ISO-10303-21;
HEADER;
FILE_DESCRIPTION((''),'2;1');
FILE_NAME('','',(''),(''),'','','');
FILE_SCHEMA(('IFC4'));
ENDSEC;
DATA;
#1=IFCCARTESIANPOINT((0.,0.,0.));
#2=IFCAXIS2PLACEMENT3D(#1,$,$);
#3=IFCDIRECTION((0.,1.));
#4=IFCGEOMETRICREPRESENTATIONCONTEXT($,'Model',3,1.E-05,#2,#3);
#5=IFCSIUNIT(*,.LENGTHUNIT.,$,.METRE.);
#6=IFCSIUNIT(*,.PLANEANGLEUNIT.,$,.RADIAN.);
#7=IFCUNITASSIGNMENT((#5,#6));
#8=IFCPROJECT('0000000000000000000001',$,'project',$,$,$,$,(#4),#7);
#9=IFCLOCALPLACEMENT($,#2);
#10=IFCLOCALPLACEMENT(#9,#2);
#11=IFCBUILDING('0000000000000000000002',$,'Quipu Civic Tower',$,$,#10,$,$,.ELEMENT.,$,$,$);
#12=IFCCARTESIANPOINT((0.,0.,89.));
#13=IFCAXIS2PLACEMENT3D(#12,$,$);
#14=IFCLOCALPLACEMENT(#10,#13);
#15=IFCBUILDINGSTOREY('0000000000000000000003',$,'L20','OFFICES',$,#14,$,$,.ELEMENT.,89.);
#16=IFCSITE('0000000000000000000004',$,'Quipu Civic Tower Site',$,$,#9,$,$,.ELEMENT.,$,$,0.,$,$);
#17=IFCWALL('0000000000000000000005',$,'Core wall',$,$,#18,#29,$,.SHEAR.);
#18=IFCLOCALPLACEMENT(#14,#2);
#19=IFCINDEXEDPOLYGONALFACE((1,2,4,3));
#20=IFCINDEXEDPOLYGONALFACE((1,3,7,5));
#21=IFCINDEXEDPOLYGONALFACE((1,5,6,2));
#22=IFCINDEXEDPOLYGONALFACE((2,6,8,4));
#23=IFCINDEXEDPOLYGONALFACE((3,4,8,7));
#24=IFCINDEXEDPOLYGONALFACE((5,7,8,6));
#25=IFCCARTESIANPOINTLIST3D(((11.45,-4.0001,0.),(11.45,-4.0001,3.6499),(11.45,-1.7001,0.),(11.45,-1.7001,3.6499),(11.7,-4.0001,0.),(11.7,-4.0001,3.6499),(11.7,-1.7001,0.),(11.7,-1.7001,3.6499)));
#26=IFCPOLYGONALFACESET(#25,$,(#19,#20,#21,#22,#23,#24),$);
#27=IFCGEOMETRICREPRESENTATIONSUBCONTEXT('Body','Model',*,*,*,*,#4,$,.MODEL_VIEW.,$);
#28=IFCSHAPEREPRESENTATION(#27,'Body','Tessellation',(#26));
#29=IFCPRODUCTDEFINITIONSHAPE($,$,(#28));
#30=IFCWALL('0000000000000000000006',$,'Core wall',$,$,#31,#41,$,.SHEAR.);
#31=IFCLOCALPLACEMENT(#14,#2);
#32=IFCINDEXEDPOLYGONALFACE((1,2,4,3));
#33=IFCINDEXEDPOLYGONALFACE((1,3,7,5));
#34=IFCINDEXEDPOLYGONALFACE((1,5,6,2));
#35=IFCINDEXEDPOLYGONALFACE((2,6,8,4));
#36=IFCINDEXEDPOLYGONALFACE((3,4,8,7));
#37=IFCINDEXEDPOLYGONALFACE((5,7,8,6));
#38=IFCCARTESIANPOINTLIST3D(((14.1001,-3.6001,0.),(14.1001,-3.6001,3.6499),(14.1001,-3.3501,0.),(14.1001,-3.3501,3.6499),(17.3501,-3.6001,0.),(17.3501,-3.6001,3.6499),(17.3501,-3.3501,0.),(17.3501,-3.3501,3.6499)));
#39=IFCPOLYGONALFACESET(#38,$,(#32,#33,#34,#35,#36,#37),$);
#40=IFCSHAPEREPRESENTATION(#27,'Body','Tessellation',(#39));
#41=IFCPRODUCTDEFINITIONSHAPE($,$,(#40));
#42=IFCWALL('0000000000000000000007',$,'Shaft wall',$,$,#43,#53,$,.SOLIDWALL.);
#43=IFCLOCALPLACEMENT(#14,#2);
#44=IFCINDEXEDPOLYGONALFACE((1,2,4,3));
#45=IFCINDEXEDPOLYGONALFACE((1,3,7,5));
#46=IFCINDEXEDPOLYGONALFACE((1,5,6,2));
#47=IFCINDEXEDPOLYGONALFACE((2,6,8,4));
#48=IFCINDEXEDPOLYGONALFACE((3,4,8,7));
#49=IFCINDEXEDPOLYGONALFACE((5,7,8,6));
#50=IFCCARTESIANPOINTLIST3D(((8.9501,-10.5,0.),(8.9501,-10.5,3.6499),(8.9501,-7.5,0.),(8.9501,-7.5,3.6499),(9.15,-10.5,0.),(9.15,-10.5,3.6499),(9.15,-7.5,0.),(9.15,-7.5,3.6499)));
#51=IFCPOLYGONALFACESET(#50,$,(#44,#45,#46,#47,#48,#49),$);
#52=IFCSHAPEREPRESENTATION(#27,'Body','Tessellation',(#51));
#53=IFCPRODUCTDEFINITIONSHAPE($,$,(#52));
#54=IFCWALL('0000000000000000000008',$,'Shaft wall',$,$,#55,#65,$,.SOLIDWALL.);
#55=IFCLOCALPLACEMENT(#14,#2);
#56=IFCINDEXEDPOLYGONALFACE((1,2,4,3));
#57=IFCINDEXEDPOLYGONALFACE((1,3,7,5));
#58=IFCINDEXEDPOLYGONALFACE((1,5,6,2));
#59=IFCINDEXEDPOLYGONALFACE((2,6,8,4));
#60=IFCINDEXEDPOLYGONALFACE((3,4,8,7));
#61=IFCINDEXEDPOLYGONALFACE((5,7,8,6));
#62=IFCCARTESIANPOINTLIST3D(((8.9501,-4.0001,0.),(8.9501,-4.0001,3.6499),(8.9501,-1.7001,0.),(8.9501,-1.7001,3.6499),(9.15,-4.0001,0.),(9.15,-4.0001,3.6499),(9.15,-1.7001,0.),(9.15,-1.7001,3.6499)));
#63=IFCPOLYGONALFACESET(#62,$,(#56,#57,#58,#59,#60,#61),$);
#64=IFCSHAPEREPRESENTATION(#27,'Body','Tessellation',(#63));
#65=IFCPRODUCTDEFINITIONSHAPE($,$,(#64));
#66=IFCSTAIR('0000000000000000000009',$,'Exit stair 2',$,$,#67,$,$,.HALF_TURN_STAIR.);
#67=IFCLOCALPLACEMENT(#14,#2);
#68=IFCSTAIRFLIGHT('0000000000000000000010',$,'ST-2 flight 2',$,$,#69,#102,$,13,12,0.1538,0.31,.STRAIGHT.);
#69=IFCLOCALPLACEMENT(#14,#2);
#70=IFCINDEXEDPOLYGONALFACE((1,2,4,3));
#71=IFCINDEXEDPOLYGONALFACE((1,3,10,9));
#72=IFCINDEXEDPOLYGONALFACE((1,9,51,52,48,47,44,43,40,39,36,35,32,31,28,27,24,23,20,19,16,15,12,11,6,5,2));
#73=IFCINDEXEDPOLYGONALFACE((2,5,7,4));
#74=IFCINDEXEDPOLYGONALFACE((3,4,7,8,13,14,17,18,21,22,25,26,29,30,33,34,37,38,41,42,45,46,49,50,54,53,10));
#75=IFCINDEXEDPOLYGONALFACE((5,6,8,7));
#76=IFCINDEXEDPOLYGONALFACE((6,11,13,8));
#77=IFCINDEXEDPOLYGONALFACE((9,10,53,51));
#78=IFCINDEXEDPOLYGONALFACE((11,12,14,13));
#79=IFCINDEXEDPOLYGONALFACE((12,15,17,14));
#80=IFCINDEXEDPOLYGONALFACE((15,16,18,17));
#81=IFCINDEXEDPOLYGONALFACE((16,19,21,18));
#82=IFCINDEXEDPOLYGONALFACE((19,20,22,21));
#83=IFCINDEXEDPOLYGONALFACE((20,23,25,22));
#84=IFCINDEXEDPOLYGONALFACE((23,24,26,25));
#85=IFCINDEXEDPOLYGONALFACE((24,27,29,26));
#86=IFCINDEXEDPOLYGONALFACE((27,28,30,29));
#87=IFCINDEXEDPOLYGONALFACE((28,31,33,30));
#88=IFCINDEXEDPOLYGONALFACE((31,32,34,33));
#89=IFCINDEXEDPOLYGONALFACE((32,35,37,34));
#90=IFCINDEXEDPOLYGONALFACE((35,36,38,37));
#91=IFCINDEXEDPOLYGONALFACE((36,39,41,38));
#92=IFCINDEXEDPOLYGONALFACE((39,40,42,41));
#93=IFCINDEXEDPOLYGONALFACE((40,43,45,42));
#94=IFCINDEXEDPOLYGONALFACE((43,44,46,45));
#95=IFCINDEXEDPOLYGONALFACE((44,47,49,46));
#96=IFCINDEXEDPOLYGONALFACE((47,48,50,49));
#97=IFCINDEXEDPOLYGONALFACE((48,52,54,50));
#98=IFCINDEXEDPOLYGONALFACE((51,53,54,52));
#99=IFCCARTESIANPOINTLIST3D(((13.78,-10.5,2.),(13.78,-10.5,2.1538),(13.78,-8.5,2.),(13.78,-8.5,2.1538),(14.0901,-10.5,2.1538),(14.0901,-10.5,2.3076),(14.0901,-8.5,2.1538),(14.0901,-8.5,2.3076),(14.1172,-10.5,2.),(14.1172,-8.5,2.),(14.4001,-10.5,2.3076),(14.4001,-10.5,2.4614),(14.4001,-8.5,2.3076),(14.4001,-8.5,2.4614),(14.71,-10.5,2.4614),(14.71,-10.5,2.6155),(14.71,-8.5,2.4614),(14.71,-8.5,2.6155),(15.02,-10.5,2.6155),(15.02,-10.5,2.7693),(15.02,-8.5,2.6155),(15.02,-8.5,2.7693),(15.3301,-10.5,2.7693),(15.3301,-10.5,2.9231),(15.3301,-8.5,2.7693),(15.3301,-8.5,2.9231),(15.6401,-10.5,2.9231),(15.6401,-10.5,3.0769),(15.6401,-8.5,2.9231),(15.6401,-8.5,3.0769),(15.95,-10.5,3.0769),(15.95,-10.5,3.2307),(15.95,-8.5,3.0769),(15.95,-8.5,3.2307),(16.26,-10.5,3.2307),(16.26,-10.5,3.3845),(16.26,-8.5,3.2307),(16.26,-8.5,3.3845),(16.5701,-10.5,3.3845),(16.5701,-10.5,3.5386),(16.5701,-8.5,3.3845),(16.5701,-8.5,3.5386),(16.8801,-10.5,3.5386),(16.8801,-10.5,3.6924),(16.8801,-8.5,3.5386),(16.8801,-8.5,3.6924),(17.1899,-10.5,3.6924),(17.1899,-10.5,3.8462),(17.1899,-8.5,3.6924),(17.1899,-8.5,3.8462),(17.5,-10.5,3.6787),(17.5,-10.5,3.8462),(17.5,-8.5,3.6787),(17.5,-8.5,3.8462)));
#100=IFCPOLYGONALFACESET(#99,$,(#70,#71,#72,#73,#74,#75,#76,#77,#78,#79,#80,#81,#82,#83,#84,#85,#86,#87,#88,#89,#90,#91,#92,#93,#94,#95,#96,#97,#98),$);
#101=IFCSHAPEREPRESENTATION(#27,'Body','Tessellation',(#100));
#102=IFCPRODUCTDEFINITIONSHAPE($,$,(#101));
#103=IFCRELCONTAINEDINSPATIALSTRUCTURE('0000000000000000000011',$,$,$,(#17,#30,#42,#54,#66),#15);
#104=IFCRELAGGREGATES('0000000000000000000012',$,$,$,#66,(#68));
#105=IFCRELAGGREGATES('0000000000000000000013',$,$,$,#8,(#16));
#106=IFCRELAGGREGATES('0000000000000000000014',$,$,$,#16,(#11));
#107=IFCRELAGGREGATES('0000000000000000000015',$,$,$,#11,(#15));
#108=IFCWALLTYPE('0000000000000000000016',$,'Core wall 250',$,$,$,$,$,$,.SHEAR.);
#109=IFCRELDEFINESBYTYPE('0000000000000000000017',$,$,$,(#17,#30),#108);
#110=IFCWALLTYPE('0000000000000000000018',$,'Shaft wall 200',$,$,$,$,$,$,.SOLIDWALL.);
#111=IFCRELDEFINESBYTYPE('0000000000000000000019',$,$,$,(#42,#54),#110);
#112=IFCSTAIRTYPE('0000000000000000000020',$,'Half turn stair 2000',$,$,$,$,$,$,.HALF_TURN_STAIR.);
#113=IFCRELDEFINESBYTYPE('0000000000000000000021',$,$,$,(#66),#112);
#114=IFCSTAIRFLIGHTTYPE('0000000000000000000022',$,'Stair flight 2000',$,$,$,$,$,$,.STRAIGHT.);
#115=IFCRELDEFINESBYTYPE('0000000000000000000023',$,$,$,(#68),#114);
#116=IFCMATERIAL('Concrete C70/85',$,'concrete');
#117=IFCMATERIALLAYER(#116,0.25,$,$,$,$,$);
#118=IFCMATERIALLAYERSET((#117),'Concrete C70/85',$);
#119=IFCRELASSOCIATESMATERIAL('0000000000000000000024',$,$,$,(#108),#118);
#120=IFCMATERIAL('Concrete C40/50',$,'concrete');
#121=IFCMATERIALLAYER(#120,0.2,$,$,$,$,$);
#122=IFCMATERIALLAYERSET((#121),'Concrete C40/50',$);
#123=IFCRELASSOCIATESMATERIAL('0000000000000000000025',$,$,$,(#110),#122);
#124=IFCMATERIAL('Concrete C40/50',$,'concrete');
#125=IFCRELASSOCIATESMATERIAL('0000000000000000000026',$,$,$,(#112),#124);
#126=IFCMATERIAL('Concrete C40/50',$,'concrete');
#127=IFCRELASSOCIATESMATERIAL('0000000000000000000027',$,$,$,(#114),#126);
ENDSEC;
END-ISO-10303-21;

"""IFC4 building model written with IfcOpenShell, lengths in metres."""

from ifc_helpers import new_model, si_unit, direction, frame, frame_2d, origin, place, context, subcontext, project, spatial, polyline, rectangle, outline, extrude, material, layer, layer_set, type_object, element, aggregate, save


model = new_model("IFC4")

# Units and contexts
model_context = context("Model", 3, precision=1e-05, world=origin(), true_north=direction((0.0, 1.0)))
body_context = subcontext(model_context, "Body", "Model", "MODEL_VIEW")
ifc_project = project(units=[si_unit("LENGTHUNIT", "METRE"), si_unit("PLANEANGLEUNIT", "RADIAN")], contexts=[model_context])

# Site, building, storey
site_placement = place(None, origin())
site = spatial("IfcSite", under=ifc_project, at=site_placement, Name="Quipu Civic Tower Site", CompositionType="ELEMENT", RefElevation=0.0)
building_placement = place(site_placement, origin())
building = spatial("IfcBuilding", under=site, at=building_placement, Name="Quipu Civic Tower", CompositionType="ELEMENT")
storey_placement = place(building_placement, frame((0.0, 0.0, 89.0)))
storey = spatial("IfcBuildingStorey", under=building, at=storey_placement, Name="L20", Description="OFFICES", CompositionType="ELEMENT", Elevation=89.0)

# Shared definitions
ifc_material_1 = material(Name="Concrete C70/85", Category="concrete")
ifc_layer_1 = layer(ifc_material_1, 0.25)
ifc_layer_set_1 = layer_set([ifc_layer_1], Name="Concrete C70/85")
wall_type_1 = type_object("IfcWallType", Name="Core wall 250", PredefinedType="SHEAR", material=ifc_layer_set_1)

# Walls
wall_1_placement = place(storey_placement, frame((11.575, -4.0, 0.0), z_axis=(0.0, 0.0, 1.0), x_axis=(0.0, 1.0, 0.0)))
element("IfcWall", 1, at=wall_1_placement, inside=storey, type_object=wall_type_1, Name="Core wall", PredefinedType="SHEAR", context=body_context, shape_type="SweptSolid", body=[
    extrude(rectangle(XDim=2.3, YDim=0.25, at=frame_2d((1.1499, 0.0))), origin(), (0.0, 0.0, 1.0), 3.6499),
])
wall_2_placement = place(storey_placement, frame((14.1001, -3.4751, 0.0), z_axis=(0.0, 0.0, 1.0), x_axis=(1.0, 0.0, 0.0)))
element("IfcWall", 2, at=wall_2_placement, inside=storey, type_object=wall_type_1, Name="Core wall", PredefinedType="SHEAR", context=body_context, shape_type="SweptSolid", body=[
    extrude(rectangle(XDim=3.25, YDim=0.25, at=frame_2d((1.625, 0.0))), origin(), (0.0, 0.0, 1.0), 3.6499),
])
ifc_material_2 = material(Name="Concrete C40/50", Category="concrete")
ifc_layer_2 = layer(ifc_material_2, 0.2)
ifc_layer_set_2 = layer_set([ifc_layer_2], Name="Concrete C40/50")
wall_type_2 = type_object("IfcWallType", Name="Shaft wall 200", PredefinedType="SOLIDWALL", material=ifc_layer_set_2)
wall_3_placement = place(storey_placement, frame((9.05, -10.5, 0.0), z_axis=(0.0, 0.0, 1.0), x_axis=(0.0, 1.0, 0.0)))
element("IfcWall", 3, at=wall_3_placement, inside=storey, type_object=wall_type_2, Name="Shaft wall", PredefinedType="SOLIDWALL", context=body_context, shape_type="SweptSolid", body=[
    extrude(rectangle(XDim=3.0, YDim=0.2, at=frame_2d((1.5, 0.0))), origin(), (0.0, 0.0, 1.0), 3.6499),
])
wall_4_placement = place(storey_placement, frame((9.05, -4.0, 0.0), z_axis=(0.0, 0.0, 1.0), x_axis=(0.0, 1.0, 0.0)))
element("IfcWall", 4, at=wall_4_placement, inside=storey, type_object=wall_type_2, Name="Shaft wall", PredefinedType="SOLIDWALL", context=body_context, shape_type="SweptSolid", body=[
    extrude(rectangle(XDim=2.3, YDim=0.2, at=frame_2d((1.1499, 0.0))), origin(), (0.0, 0.0, 1.0), 3.6499),
])

# Stair, stair flight
ifc_material_3 = material(Name="Concrete C40/50", Category="concrete")
stair_type = type_object("IfcStairType", Name="Half turn stair 2000", PredefinedType="HALF_TURN_STAIR", material=ifc_material_3)
stair_placement = place(storey_placement, origin())
stair = element("IfcStair", 5, at=stair_placement, inside=storey, type_object=stair_type, Name="Exit stair 2", PredefinedType="HALF_TURN_STAIR")
ifc_material_4 = material(Name="Concrete C40/50", Category="concrete")
stair_flight_type = type_object("IfcStairFlightType", Name="Stair flight 2000", PredefinedType="STRAIGHT", material=ifc_material_4)
stair_flight_placement = place(storey_placement, frame((13.78, -9.5, 2.0), z_axis=(0.0, 0.0, 1.0), x_axis=(1.0, 0.0, 0.0)))
stair_flight = element("IfcStairFlight", 6, at=stair_flight_placement, type_object=stair_flight_type, Name="ST-2 flight 2", NumberOfRisers=13, NumberOfTreads=12, PredefinedType="STRAIGHT", RiserHeight=0.1538, TreadLength=0.31, context=body_context, shape_type="SweptSolid", body=[
    extrude(outline(polyline([(0.0, 0.0), (0.0, 0.1538), (0.3101, 0.1538), (0.3101, 0.3076), (0.6201, 0.3076), (0.6201, 0.4614), (0.9299, 0.4614), (0.9299, 0.6155), (1.24, 0.6155), (1.24, 0.7693), (1.55, 0.7693), (1.55, 0.9231), (1.8601, 0.9231), (1.8601, 1.0769), (2.1699, 1.0769), (2.1699, 1.2307), (2.48, 1.2307), (2.48, 1.3845), (2.79, 1.3845), (2.79, 1.5386), (3.1001, 1.5386), (3.1001, 1.6924), (3.4099, 1.6924), (3.4099, 1.8462), (3.72, 1.8462), (3.72, 2.0), (3.72, 1.6787), (0.3372, 0.0), (0.0, 0.0)])), frame((0.0, 1.0, 0.0), z_axis=(0.0, -1.0, 0.0), x_axis=(1.0, 0.0, 0.0)), (0.0, 0.0, 1.0), 2.0),
])
aggregate(stair, [stair_flight])

save(model, "model.ifc")
